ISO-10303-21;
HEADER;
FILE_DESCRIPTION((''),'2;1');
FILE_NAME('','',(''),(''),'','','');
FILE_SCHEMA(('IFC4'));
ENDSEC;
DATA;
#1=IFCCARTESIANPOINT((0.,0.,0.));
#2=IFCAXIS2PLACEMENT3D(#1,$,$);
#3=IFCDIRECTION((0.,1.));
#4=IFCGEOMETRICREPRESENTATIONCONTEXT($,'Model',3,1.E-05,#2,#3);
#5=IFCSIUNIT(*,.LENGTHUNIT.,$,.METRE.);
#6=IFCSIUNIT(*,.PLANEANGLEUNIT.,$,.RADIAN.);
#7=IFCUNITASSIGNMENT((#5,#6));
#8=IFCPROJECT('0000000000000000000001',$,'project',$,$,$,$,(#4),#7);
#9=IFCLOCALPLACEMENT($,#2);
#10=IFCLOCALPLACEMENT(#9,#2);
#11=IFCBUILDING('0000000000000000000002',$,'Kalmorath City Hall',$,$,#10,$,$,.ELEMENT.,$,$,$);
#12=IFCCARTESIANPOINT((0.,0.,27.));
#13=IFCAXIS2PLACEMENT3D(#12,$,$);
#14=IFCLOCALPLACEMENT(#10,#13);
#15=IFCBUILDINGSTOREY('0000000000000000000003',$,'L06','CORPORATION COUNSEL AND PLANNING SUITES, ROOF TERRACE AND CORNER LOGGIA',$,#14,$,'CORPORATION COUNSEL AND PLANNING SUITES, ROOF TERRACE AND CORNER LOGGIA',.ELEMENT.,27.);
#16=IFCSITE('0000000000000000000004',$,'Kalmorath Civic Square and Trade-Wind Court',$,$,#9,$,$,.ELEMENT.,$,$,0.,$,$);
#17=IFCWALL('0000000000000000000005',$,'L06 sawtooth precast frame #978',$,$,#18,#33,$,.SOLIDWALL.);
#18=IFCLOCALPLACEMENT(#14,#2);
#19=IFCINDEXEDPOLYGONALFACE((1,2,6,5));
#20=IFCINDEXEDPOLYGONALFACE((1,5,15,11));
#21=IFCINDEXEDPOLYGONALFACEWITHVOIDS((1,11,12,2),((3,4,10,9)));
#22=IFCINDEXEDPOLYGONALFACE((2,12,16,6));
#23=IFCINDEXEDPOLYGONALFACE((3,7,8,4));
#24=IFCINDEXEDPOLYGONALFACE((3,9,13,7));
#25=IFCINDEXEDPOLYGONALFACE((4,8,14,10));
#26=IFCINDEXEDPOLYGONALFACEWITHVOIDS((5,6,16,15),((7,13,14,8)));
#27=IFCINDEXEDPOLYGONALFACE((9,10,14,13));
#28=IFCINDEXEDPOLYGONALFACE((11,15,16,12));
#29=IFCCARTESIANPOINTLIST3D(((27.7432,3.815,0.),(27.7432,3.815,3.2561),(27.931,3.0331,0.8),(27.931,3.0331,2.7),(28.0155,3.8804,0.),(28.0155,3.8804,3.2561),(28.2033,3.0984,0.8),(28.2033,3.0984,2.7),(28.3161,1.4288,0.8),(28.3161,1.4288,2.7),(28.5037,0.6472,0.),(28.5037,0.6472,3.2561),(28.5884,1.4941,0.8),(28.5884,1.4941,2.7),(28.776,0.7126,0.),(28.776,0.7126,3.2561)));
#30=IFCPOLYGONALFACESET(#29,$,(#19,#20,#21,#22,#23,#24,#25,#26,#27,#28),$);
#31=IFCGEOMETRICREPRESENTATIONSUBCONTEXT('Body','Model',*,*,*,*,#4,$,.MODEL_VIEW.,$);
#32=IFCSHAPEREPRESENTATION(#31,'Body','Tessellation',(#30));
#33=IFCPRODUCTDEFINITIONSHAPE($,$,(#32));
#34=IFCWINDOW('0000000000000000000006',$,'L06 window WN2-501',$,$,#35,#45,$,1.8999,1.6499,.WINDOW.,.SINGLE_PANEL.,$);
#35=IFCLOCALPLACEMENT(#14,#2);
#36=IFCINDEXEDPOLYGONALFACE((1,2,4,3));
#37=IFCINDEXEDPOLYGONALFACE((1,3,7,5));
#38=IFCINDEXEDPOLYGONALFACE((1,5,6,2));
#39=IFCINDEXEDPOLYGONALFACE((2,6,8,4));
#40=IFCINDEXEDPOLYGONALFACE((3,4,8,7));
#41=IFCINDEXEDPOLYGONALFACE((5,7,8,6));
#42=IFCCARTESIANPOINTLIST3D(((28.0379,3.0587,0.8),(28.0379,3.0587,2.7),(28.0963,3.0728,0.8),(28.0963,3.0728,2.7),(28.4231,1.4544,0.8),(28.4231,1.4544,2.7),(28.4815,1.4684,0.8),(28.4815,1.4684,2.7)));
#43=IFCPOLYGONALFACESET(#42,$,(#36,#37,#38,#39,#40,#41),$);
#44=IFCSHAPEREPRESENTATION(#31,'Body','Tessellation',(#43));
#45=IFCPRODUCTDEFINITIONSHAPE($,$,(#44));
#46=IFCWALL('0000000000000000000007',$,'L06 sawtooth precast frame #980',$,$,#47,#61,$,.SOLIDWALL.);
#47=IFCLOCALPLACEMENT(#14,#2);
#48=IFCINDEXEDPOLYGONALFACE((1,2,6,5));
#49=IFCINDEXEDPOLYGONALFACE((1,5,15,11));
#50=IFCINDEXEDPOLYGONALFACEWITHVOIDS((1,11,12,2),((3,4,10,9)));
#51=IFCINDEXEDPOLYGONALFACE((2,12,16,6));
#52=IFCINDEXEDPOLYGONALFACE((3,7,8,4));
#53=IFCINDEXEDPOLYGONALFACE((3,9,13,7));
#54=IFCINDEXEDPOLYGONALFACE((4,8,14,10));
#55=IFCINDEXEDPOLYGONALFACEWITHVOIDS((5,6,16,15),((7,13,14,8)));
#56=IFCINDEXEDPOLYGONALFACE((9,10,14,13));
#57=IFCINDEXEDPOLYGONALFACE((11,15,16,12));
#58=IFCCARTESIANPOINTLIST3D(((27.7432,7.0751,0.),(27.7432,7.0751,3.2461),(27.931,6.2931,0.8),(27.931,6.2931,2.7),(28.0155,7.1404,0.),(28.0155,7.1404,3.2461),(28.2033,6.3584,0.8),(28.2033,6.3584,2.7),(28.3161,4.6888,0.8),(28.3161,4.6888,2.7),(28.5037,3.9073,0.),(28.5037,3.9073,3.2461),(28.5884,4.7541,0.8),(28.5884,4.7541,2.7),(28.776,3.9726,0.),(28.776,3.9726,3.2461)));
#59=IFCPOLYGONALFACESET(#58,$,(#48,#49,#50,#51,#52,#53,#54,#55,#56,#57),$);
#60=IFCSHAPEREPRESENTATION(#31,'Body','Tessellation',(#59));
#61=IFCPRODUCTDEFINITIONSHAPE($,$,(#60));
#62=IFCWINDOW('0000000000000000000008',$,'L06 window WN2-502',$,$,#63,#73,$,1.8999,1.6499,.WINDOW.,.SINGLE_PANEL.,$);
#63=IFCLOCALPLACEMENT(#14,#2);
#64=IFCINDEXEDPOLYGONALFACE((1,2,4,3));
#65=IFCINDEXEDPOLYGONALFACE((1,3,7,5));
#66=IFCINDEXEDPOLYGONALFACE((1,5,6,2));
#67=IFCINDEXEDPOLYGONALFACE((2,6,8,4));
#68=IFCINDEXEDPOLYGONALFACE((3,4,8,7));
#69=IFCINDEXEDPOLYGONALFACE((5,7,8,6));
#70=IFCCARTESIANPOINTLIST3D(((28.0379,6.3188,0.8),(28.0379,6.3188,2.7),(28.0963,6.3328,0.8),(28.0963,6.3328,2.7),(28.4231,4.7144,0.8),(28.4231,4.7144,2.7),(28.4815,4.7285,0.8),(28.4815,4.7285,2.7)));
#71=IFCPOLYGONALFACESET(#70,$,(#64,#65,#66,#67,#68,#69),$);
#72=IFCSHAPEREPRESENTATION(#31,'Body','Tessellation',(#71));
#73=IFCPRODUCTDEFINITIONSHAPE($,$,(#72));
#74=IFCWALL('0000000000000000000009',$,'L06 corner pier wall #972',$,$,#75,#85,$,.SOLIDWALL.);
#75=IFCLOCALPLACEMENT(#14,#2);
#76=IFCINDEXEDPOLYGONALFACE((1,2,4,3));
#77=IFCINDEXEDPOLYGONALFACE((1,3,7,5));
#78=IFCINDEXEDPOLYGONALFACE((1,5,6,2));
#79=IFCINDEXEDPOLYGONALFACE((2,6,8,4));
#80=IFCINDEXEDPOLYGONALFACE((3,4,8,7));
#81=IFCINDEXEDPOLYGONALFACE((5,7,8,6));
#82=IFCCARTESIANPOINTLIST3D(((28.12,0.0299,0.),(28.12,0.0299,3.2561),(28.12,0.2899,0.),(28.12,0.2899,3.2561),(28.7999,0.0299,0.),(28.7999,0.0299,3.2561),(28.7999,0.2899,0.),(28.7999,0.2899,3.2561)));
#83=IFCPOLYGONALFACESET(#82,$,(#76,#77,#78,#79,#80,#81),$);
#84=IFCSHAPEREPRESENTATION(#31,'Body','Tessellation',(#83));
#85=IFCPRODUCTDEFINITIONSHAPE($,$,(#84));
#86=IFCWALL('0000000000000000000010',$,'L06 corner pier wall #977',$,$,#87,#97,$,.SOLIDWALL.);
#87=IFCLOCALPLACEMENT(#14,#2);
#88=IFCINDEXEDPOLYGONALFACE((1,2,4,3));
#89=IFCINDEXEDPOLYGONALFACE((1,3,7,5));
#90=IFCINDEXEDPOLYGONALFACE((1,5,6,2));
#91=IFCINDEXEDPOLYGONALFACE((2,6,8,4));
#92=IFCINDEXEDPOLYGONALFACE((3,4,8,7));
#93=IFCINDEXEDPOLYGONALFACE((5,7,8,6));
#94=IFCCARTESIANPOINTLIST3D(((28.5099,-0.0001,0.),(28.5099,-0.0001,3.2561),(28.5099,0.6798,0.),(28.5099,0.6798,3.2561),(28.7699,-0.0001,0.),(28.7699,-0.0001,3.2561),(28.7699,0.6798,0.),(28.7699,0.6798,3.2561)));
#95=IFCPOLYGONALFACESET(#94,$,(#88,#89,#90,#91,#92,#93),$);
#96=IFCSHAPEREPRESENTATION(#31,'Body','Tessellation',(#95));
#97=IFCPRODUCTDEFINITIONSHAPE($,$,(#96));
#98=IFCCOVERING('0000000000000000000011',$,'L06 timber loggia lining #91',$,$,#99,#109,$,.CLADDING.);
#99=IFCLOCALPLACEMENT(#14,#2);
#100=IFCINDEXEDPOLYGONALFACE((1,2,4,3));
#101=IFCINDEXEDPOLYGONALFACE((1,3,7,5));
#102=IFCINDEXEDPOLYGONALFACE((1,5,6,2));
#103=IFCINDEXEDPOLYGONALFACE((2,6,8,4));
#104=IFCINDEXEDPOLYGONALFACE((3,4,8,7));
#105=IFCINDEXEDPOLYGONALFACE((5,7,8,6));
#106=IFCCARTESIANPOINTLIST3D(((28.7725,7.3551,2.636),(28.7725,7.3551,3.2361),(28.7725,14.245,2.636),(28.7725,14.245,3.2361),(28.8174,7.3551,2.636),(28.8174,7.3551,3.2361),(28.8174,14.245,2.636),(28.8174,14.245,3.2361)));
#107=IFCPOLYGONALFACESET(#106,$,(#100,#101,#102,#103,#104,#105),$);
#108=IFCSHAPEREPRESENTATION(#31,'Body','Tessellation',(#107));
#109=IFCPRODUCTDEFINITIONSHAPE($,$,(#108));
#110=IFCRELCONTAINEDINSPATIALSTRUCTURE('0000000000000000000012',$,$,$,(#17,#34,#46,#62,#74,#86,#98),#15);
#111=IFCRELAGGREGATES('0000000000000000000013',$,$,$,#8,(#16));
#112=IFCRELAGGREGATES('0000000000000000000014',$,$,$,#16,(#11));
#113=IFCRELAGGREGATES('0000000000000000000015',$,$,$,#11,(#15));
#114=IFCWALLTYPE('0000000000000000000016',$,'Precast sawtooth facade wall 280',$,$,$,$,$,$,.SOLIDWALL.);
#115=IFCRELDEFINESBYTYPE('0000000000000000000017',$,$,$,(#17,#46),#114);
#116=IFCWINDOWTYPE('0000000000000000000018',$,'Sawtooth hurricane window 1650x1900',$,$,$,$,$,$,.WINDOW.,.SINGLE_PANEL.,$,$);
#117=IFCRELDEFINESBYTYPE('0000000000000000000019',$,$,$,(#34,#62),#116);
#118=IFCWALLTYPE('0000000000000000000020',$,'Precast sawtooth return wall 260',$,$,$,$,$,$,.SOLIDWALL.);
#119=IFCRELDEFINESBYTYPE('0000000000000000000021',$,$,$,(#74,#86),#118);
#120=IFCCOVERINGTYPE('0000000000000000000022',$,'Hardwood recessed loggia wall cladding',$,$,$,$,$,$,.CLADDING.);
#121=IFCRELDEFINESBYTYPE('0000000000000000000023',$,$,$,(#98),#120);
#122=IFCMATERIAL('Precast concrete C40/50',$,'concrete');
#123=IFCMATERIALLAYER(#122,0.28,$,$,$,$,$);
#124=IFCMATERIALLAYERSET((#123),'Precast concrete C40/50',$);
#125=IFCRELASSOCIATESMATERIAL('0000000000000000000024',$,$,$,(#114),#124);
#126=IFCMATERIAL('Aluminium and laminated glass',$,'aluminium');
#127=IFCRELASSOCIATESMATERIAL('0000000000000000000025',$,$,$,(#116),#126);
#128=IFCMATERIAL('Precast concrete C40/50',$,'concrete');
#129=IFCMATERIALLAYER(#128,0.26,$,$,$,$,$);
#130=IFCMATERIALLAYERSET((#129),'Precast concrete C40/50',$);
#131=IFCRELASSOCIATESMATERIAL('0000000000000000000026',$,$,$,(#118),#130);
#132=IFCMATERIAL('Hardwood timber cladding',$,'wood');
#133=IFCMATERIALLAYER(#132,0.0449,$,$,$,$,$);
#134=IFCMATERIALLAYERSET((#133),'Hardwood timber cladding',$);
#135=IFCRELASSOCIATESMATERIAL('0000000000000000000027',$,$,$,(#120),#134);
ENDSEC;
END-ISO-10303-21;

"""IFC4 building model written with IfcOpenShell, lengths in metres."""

from ifc_helpers import new_model, si_unit, direction, frame, frame_2d, origin, origin_2d, place, context, subcontext, project, spatial, rectangle, extrude, material, layer, layer_set, type_object, element, fill, save


model = new_model("IFC4")

# Units and contexts
model_context = context("Model", 3, precision=1e-05, world=origin(), true_north=direction((0.0, 1.0)))
body_context = subcontext(model_context, "Body", "Model", "MODEL_VIEW")
ifc_project = project(units=[si_unit("LENGTHUNIT", "METRE"), si_unit("PLANEANGLEUNIT", "RADIAN")], contexts=[model_context])

# Site, building, storey
site_placement = place(None, origin())
site = spatial("IfcSite", under=ifc_project, at=site_placement, Name="Kalmorath Civic Square and Trade-Wind Court", CompositionType="ELEMENT", RefElevation=0.0)
building_placement = place(site_placement, origin())
building = spatial("IfcBuilding", under=site, at=building_placement, Name="Kalmorath City Hall", CompositionType="ELEMENT")
storey_placement = place(building_placement, frame((0.0, 0.0, 27.0)))
storey = spatial("IfcBuildingStorey", under=building, at=storey_placement, Name="L06", Description="CORPORATION COUNSEL AND PLANNING SUITES, ROOF TERRACE AND CORNER LOGGIA", LongName="CORPORATION COUNSEL AND PLANNING SUITES, ROOF TERRACE AND CORNER LOGGIA", CompositionType="ELEMENT", Elevation=27.0)

# Walls, openings, windows
ifc_material_1 = material(Name="Precast concrete C40/50", Category="concrete")
ifc_layer_1 = layer(ifc_material_1, 0.28)
ifc_layer_set_1 = layer_set([ifc_layer_1], Name="Precast concrete C40/50")
wall_type_1 = type_object("IfcWallType", Name="Precast sawtooth facade wall 280", PredefinedType="SOLIDWALL", material=ifc_layer_set_1)
ifc_material_2 = material(Name="Aluminium and laminated glass", Category="aluminium")
window_type_1 = type_object("IfcWindowType", Name="Sawtooth hurricane window 1650x1900", PartitioningType="SINGLE_PANEL", PredefinedType="WINDOW", material=ifc_material_2)
wall_1_placement = place(storey_placement, frame((28.6399, 0.6799, 0.0), z_axis=(0.0, 0.0, 1.0), x_axis=(-0.233444, 0.97237, 0.0)))
wall_1 = element("IfcWall", 1, at=wall_1_placement, inside=storey, type_object=wall_type_1, Name="L06 sawtooth precast frame #978", PredefinedType="SOLIDWALL", context=body_context, shape_type="SweptSolid", body=[
    extrude(rectangle(XDim=3.2578, YDim=0.28, at=frame_2d((1.6289, 0.0))), origin(), (0.0, 0.0, 1.0), 3.2561),
])
opening_1_placement = place(wall_1_placement, frame((0.8037, 0.0, 0.8)))
opening_1 = element("IfcOpeningElement", 2, at=opening_1_placement, cuts=wall_1, PredefinedType="OPENING", context=body_context, shape_type="SweptSolid", body=[
    extrude(rectangle(XDim=1.6499, YDim=1.8999, at=frame_2d((0.825, 0.95))), frame((0.0, 0.1499, 0.0), z_axis=(0.0, -1.0, 0.0), x_axis=(1.0, 0.0, 0.0)), (0.0, 0.0, 1.0), 0.3),
])
window_1_placement = place(opening_1_placement, origin())
window_1 = element("IfcWindow", 3, at=window_1_placement, inside=storey, type_object=window_type_1, Name="L06 window WN2-501", OverallHeight=1.8999, OverallWidth=1.6499, PartitioningType="SINGLE_PANEL", PredefinedType="WINDOW", context=body_context, shape_type="SweptSolid", body=[
    extrude(rectangle(XDim=1.6499, YDim=1.8999, at=frame_2d((0.825, 0.95))), frame((0.0, 0.03, 0.0), z_axis=(0.0, -1.0, 0.0), x_axis=(1.0, 0.0, 0.0)), (0.0, 0.0, 1.0), 0.0601),
])
fill(opening_1, window_1)
wall_2_placement = place(storey_placement, frame((28.6399, 3.9399, 0.0), z_axis=(0.0, 0.0, 1.0), x_axis=(-0.233444, 0.97237, 0.0)))
wall_2 = element("IfcWall", 4, at=wall_2_placement, inside=storey, type_object=wall_type_1, Name="L06 sawtooth precast frame #980", PredefinedType="SOLIDWALL", context=body_context, shape_type="SweptSolid", body=[
    extrude(rectangle(XDim=3.2578, YDim=0.28, at=frame_2d((1.6289, 0.0))), origin(), (0.0, 0.0, 1.0), 3.2461),
])
opening_2_placement = place(wall_2_placement, frame((0.8037, 0.0, 0.8)))
opening_2 = element("IfcOpeningElement", 5, at=opening_2_placement, cuts=wall_2, PredefinedType="OPENING", context=body_context, shape_type="SweptSolid", body=[
    extrude(rectangle(XDim=1.6499, YDim=1.8999, at=frame_2d((0.825, 0.95))), frame((0.0, 0.1499, 0.0), z_axis=(0.0, -1.0, 0.0), x_axis=(1.0, 0.0, 0.0)), (0.0, 0.0, 1.0), 0.3),
])
window_2_placement = place(opening_2_placement, origin())
window_2 = element("IfcWindow", 6, at=window_2_placement, inside=storey, type_object=window_type_1, Name="L06 window WN2-502", OverallHeight=1.8999, OverallWidth=1.6499, PartitioningType="SINGLE_PANEL", PredefinedType="WINDOW", context=body_context, shape_type="SweptSolid", body=[
    extrude(rectangle(XDim=1.6499, YDim=1.8999, at=frame_2d((0.825, 0.95))), frame((0.0, 0.03, 0.0), z_axis=(0.0, -1.0, 0.0), x_axis=(1.0, 0.0, 0.0)), (0.0, 0.0, 1.0), 0.0601),
])
fill(opening_2, window_2)

# Walls
ifc_material_3 = material(Name="Precast concrete C40/50", Category="concrete")
ifc_layer_2 = layer(ifc_material_3, 0.26)
ifc_layer_set_2 = layer_set([ifc_layer_2], Name="Precast concrete C40/50")
wall_type_2 = type_object("IfcWallType", Name="Precast sawtooth return wall 260", PredefinedType="SOLIDWALL", material=ifc_layer_set_2)
for number, where, z_axis, x_axis, name in (
    (7, (28.1201, 0.1599, 0.0), (0.0, 0.0, 1.0), (1.0, 0.0, 0.0), "L06 corner pier wall #972"),
    (8, (28.6399, 0.0, 0.0), (0.0, 0.0, 1.0), (0.0, 1.0, 0.0), "L06 corner pier wall #977"),
):
    element("IfcWall", number, at=place(storey_placement, frame(where, z_axis=z_axis, x_axis=x_axis)), inside=storey, type_object=wall_type_2, Name=name, PredefinedType="SOLIDWALL", context=body_context, shape_type="SweptSolid", body=[
        extrude(rectangle(XDim=0.6799, YDim=0.26, at=frame_2d((0.3398, 0.0))), origin(), (0.0, 0.0, 1.0), 3.2561),
    ])

# Covering
ifc_material_4 = material(Name="Hardwood timber cladding", Category="wood")
ifc_layer_3 = layer(ifc_material_4, 0.0449)
ifc_layer_set_3 = layer_set([ifc_layer_3], Name="Hardwood timber cladding")
covering_type = type_object("IfcCoveringType", Name="Hardwood recessed loggia wall cladding", PredefinedType="CLADDING", material=ifc_layer_set_3)
covering_placement = place(storey_placement, frame((28.7949, 10.8, 2.636), z_axis=(0.0, 0.0, 1.0), x_axis=(0.0, 1.0, 0.0)))
element("IfcCovering", 9, at=covering_placement, inside=storey, type_object=covering_type, Name="L06 timber loggia lining #91", PredefinedType="CLADDING", context=body_context, shape_type="SweptSolid", body=[
    extrude(rectangle(XDim=6.8899, YDim=0.0449, at=origin_2d()), origin(), (0.0, 0.0, 1.0), 0.6001),
])

save(model, "model.ifc")
